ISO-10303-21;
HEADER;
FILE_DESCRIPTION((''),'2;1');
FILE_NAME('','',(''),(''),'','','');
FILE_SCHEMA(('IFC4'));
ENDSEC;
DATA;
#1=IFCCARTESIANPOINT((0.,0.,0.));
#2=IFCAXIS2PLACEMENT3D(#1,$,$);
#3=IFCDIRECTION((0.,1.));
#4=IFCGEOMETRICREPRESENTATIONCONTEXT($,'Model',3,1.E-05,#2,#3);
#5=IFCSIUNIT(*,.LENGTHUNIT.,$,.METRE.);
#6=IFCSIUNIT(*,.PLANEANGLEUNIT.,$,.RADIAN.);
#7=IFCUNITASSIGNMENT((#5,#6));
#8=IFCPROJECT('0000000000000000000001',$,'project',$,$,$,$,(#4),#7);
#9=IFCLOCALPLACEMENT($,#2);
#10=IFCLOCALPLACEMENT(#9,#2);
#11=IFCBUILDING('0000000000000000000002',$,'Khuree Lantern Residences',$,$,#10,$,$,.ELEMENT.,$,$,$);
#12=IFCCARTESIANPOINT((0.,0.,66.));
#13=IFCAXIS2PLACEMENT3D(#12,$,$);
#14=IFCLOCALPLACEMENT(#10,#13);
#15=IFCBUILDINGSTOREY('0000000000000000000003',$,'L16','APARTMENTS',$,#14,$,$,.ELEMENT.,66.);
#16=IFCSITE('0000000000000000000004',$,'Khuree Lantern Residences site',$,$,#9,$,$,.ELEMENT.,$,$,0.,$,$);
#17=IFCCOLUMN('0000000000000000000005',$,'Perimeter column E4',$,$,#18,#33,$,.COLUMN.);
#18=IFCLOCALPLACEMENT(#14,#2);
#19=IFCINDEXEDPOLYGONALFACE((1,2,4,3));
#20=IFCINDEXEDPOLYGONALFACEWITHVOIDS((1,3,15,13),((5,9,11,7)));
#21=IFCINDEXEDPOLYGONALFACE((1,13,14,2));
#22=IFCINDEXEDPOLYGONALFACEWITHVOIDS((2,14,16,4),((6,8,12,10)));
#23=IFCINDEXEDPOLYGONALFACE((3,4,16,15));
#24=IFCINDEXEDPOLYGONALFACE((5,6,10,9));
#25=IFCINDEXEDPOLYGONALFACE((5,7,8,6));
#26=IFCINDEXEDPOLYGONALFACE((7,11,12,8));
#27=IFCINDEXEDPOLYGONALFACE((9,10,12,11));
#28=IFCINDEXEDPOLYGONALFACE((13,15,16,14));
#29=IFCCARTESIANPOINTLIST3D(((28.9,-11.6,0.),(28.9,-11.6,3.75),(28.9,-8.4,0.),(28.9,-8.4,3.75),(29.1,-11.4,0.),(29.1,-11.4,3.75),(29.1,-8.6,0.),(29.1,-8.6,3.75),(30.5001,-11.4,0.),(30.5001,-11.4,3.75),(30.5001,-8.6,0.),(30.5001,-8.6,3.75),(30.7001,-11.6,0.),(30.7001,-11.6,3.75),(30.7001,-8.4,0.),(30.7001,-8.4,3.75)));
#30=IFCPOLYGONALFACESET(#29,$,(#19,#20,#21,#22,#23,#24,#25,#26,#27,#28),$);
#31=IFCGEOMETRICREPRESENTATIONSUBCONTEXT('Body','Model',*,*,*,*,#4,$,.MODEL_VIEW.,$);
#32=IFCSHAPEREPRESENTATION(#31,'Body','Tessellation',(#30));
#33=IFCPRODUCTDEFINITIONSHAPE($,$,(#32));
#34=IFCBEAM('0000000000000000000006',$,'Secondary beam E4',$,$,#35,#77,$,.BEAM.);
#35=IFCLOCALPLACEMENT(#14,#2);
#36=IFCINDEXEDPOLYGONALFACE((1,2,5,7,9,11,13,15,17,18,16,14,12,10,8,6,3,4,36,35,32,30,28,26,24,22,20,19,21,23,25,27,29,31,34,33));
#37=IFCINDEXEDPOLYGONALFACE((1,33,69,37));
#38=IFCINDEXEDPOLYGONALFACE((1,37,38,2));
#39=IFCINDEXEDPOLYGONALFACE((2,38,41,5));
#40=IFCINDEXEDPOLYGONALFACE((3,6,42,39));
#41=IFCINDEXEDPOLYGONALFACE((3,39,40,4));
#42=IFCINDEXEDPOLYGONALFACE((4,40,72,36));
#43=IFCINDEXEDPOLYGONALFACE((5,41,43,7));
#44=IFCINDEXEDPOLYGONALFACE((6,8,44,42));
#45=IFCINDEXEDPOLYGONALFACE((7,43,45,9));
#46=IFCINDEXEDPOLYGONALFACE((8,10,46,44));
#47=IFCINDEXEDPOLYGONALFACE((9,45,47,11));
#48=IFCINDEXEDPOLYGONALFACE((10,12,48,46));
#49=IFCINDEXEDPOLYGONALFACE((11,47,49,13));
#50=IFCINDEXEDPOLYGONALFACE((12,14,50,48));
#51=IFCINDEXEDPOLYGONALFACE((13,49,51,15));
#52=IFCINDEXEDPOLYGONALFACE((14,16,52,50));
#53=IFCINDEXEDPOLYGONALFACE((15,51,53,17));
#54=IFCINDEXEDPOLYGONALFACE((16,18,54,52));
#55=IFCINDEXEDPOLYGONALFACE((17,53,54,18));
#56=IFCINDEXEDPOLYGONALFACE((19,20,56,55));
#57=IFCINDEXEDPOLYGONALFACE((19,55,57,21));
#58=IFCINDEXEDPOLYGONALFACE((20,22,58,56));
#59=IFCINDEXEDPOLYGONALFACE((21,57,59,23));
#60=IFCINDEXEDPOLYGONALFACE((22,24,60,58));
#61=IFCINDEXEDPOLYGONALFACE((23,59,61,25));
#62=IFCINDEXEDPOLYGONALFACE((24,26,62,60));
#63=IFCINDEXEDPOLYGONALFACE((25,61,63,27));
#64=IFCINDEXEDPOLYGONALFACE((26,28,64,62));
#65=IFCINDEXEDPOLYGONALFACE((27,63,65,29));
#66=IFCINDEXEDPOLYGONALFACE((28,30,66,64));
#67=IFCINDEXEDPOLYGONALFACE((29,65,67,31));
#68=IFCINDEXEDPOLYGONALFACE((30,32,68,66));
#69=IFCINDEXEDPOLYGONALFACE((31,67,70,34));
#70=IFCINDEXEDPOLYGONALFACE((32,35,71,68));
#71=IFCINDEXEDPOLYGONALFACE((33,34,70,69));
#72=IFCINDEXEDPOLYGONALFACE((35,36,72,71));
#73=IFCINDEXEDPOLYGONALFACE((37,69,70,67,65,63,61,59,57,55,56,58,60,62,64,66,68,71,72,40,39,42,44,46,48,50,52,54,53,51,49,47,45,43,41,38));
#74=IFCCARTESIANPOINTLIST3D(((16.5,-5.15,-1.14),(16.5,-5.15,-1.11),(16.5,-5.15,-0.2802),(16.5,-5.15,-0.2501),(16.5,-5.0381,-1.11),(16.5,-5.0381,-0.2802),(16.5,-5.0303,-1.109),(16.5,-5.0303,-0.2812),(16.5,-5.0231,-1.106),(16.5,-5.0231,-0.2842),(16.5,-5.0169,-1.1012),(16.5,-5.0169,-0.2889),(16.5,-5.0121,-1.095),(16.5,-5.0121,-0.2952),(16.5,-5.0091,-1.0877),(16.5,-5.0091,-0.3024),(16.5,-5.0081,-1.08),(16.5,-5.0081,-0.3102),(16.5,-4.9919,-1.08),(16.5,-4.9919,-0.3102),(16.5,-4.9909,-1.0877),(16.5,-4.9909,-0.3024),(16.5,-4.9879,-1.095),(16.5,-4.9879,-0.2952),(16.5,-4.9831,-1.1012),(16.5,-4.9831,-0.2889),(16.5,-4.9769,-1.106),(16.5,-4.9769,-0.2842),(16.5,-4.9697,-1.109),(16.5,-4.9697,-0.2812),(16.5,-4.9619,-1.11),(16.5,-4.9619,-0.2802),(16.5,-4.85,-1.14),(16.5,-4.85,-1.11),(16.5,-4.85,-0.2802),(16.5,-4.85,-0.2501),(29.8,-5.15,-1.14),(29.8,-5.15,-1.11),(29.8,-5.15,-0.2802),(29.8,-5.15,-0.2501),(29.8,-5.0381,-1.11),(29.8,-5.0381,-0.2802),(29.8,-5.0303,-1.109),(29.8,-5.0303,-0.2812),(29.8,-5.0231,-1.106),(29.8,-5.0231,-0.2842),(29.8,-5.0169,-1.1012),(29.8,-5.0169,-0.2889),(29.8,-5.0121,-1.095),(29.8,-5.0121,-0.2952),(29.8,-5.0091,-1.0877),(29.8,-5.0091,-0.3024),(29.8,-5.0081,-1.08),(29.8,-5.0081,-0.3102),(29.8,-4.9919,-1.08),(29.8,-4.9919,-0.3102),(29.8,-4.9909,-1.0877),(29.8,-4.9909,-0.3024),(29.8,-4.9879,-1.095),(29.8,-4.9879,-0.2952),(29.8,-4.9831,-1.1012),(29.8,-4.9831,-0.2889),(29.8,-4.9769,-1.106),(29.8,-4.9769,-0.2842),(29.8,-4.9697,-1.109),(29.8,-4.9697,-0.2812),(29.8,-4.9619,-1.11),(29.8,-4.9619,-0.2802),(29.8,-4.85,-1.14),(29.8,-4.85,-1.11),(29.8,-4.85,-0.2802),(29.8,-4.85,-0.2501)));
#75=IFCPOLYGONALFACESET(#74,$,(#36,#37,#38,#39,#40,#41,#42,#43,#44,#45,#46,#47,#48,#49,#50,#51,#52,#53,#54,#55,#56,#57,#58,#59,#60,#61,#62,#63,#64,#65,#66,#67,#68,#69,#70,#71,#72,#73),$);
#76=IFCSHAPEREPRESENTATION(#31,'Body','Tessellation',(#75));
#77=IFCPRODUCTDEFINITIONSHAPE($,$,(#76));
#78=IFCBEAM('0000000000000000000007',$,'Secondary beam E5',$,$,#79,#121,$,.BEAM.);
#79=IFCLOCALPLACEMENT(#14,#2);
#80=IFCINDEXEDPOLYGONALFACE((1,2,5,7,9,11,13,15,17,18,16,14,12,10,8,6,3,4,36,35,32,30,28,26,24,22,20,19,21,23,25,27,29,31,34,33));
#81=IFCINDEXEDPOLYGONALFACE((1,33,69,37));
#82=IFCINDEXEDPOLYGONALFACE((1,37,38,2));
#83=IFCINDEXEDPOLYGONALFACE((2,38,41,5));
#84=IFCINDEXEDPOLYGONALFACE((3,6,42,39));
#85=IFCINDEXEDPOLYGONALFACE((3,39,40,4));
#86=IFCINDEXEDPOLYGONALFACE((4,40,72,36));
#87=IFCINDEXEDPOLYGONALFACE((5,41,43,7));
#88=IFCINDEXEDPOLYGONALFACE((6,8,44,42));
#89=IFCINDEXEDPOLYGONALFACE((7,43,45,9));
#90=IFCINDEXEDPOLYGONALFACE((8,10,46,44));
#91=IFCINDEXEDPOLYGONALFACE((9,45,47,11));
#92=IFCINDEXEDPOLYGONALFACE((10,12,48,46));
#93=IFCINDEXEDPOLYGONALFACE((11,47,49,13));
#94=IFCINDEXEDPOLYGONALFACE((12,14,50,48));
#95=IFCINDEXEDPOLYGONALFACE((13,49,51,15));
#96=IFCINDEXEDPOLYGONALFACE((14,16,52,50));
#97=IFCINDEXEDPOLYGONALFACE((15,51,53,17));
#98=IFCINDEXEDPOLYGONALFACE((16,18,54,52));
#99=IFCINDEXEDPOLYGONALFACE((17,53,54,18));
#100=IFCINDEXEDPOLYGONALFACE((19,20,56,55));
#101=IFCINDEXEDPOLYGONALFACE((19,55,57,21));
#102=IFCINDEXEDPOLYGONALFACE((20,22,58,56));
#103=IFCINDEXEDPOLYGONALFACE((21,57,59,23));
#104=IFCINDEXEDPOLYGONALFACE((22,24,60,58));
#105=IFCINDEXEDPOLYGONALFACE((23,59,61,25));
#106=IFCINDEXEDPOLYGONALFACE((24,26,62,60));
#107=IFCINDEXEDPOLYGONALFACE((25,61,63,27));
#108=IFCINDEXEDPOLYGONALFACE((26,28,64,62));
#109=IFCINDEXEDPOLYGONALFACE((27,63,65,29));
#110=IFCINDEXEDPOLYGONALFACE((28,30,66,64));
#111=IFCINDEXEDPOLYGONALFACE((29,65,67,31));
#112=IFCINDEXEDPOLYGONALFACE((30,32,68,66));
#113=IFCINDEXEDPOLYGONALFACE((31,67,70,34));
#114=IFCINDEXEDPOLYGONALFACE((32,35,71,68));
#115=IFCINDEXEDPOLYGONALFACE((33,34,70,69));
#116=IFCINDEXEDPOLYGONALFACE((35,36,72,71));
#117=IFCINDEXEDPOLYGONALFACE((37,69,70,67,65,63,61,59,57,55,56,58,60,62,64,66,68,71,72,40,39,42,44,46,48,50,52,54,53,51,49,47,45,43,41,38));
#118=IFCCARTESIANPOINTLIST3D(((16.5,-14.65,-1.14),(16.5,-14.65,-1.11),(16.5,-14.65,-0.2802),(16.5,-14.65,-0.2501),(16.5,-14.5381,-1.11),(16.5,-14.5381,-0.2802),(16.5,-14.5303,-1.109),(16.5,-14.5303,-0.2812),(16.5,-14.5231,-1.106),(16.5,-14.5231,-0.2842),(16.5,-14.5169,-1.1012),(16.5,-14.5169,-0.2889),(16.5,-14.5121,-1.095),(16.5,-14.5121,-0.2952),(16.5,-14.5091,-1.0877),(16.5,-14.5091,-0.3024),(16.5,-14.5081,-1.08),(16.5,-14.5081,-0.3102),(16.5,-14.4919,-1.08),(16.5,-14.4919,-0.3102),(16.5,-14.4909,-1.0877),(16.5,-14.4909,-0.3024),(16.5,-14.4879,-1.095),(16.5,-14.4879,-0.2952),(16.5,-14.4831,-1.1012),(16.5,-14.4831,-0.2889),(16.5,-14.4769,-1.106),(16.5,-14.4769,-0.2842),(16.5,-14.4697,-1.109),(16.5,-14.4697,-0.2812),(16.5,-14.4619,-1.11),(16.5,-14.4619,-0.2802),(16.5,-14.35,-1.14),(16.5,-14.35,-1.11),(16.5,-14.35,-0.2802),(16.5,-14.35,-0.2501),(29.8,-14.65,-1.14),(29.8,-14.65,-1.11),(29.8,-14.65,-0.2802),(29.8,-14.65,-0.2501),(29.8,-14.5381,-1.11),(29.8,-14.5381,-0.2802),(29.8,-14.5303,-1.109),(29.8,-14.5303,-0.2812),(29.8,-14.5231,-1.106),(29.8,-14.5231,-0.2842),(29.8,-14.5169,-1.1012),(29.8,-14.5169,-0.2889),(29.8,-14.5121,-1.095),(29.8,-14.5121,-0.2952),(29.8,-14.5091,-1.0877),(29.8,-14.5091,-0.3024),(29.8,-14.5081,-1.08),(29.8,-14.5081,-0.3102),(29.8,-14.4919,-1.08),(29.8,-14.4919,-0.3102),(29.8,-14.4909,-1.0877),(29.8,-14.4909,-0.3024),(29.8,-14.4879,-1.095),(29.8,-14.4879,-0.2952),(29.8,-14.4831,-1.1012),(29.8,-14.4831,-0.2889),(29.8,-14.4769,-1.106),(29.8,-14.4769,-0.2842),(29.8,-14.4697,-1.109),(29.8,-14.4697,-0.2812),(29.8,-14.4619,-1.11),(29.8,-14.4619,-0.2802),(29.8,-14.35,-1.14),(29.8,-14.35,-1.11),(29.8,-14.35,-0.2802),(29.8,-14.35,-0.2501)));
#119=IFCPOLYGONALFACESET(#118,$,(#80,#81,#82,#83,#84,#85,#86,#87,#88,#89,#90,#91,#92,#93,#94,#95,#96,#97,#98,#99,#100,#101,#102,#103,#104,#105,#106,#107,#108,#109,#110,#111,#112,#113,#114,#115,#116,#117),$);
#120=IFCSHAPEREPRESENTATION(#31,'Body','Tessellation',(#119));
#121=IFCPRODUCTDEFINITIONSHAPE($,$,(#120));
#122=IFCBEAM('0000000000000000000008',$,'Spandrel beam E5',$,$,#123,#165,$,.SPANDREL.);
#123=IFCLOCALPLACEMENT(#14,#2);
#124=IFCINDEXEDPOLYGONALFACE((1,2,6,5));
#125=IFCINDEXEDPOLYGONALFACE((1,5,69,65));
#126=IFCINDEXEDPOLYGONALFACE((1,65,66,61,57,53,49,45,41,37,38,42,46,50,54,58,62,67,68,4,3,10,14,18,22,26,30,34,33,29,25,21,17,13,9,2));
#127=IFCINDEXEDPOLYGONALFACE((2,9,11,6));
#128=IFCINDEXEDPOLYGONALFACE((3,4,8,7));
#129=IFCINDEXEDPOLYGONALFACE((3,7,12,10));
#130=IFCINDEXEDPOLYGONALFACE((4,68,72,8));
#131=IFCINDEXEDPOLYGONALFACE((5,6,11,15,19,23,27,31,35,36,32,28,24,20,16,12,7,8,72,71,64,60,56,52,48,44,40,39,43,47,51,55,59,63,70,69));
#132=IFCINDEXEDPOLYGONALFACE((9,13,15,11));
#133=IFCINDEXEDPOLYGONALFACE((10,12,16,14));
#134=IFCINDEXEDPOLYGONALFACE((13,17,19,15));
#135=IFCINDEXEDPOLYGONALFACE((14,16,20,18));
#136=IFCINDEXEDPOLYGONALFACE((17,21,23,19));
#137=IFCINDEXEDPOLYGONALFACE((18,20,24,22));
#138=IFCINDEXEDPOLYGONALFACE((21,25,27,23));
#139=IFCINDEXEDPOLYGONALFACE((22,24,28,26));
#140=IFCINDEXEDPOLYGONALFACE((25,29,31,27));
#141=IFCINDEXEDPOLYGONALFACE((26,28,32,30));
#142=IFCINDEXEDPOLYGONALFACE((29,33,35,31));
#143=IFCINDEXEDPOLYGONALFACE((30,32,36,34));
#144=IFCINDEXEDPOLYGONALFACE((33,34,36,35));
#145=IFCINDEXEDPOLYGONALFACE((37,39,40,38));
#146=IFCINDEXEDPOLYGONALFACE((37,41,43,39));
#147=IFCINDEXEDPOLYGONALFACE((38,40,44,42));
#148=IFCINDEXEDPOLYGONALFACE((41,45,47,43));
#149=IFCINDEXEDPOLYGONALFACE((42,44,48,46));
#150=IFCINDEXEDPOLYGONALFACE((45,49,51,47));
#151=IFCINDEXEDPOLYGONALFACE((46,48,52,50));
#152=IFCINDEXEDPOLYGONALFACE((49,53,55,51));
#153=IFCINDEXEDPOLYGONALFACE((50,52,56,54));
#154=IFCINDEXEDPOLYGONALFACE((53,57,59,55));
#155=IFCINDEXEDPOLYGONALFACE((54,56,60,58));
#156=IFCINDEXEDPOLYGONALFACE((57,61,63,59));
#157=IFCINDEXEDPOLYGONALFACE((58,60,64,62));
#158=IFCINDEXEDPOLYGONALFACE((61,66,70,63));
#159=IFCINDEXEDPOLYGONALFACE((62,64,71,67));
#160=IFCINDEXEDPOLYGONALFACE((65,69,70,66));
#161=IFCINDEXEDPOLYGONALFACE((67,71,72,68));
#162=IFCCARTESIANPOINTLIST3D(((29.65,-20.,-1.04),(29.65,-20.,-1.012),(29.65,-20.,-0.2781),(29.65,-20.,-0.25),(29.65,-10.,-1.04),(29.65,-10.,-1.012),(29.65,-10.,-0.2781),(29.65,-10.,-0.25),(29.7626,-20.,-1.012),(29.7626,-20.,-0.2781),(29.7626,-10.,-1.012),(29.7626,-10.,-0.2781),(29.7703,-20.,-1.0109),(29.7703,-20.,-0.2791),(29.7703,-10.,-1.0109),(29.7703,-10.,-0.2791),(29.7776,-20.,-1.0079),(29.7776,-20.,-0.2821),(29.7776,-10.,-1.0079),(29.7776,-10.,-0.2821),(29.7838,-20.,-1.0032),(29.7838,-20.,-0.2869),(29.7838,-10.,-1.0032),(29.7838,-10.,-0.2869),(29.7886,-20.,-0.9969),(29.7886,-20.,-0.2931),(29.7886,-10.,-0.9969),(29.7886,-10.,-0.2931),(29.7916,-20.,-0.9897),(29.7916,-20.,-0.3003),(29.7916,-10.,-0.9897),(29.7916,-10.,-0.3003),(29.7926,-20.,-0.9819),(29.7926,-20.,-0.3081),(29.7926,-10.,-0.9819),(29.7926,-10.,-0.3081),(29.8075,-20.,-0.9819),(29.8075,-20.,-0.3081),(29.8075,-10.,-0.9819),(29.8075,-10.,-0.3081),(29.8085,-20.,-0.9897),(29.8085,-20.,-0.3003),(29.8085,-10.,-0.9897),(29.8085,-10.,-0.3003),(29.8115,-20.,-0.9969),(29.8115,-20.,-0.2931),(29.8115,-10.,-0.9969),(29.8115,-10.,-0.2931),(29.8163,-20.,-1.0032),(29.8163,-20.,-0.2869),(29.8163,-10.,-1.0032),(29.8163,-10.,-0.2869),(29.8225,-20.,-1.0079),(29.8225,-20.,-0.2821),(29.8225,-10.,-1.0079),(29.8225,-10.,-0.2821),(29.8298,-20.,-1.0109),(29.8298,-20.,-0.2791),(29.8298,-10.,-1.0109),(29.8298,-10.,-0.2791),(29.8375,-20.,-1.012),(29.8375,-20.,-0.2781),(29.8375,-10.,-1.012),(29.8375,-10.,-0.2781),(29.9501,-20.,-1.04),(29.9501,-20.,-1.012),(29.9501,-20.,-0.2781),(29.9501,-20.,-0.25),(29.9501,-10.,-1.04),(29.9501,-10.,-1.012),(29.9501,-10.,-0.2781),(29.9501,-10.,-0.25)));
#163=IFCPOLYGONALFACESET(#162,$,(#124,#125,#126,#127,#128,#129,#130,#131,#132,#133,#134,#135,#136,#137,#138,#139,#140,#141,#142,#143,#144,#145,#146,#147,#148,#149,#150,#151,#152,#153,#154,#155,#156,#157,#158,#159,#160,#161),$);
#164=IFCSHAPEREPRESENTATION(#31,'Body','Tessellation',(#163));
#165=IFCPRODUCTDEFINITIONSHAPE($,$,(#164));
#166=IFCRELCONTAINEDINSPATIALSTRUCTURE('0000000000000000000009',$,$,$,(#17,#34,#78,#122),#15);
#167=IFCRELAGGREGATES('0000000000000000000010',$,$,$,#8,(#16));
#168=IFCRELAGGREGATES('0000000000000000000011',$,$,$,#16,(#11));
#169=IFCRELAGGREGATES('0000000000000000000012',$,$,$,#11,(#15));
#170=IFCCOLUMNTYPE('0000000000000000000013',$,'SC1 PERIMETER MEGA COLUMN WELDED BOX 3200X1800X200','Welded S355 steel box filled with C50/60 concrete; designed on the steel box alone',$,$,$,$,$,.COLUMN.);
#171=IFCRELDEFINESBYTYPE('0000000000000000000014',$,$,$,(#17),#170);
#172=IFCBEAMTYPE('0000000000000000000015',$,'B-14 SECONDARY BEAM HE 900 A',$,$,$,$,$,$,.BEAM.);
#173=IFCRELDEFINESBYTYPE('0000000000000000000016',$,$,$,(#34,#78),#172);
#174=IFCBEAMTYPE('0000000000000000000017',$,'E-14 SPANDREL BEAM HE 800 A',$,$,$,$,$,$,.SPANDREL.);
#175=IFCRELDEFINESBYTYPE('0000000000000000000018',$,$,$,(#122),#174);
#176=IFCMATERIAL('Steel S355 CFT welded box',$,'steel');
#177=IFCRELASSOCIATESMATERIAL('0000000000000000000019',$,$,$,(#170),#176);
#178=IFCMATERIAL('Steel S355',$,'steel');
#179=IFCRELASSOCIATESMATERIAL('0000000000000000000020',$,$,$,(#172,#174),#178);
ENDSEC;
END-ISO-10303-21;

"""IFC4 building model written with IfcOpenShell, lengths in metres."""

from ifc_helpers import new_model, si_unit, direction, frame, origin, origin_2d, place, context, subcontext, project, spatial, hollow_rectangle, i_section, extrude, material, material_profile, profile_set, type_object, element, save


model = new_model("IFC4")

# Units and contexts
model_context = context("Model", 3, precision=1e-05, world=origin(), true_north=direction((0.0, 1.0)))
body_context = subcontext(model_context, "Body", "Model", "MODEL_VIEW")
ifc_project = project(units=[si_unit("LENGTHUNIT", "METRE"), si_unit("PLANEANGLEUNIT", "RADIAN")], contexts=[model_context])

# Site, building, storey
site_placement = place(None, origin())
site = spatial("IfcSite", under=ifc_project, at=site_placement, Name="Khuree Lantern Residences site", CompositionType="ELEMENT", RefElevation=0.0)
building_placement = place(site_placement, origin())
building = spatial("IfcBuilding", under=site, at=building_placement, Name="Khuree Lantern Residences", CompositionType="ELEMENT")
storey_placement = place(building_placement, frame((0.0, 0.0, 66.0)))
storey = spatial("IfcBuildingStorey", under=building, at=storey_placement, Name="L16", Description="APARTMENTS", CompositionType="ELEMENT", Elevation=66.0)

# Column
ifc_material_1 = material(Name="Steel S355 CFT welded box", Category="steel")
ifc_material_profile_1 = material_profile(ifc_material_1, hollow_rectangle(XDim=3.2, YDim=1.8, WallThickness=0.2, at=origin_2d()), Name="WELDED BOX 3200X1800X200")
ifc_profile_set_1 = profile_set([ifc_material_profile_1], Name="Steel S355 CFT welded box")
column_type = type_object("IfcColumnType", Name="SC1 PERIMETER MEGA COLUMN WELDED BOX 3200X1800X200", Description="Welded S355 steel box filled with C50/60 concrete; designed on the steel box alone", PredefinedType="COLUMN", material=ifc_profile_set_1)
column_placement = place(storey_placement, frame((29.8, -10.0, 0.0), z_axis=(0.0, 0.0, 1.0), x_axis=(0.0, 1.0, 0.0)))
element("IfcColumn", 1, at=column_placement, inside=storey, type_object=column_type, Name="Perimeter column E4", PredefinedType="COLUMN", context=body_context, shape_type="SweptSolid", body=[
    extrude(hollow_rectangle(XDim=3.2, YDim=1.8, WallThickness=0.2, at=origin_2d()), origin(), (0.0, 0.0, 1.0), 3.75),
])

# Beams
ifc_material_2 = material(Name="Steel S355", Category="steel")
ifc_material_profile_2 = material_profile(ifc_material_2, i_section(OverallWidth=0.3, OverallDepth=0.8899, WebThickness=0.0161, FlangeThickness=0.03, FilletRadius=0.03, at=origin_2d()), Name="HE 900 A")
ifc_profile_set_2 = profile_set([ifc_material_profile_2], Name="Steel S355")
beam_type_1 = type_object("IfcBeamType", Name="B-14 SECONDARY BEAM HE 900 A", PredefinedType="BEAM", material=ifc_profile_set_2)
for number, where, z_axis, x_axis, name in (
    (2, (29.8, -5.0, -0.6951), (-1.0, 0.0, 0.0), (0.0, -1.0, 0.0), "Secondary beam E4"),
    (3, (29.8, -14.5, -0.6951), (-1.0, 0.0, 0.0), (0.0, -1.0, 0.0), "Secondary beam E5"),
):
    element("IfcBeam", number, at=place(storey_placement, frame(where, z_axis=z_axis, x_axis=x_axis)), inside=storey, type_object=beam_type_1, Name=name, PredefinedType="BEAM", context=body_context, shape_type="SweptSolid", body=[
        extrude(i_section(OverallWidth=0.3, OverallDepth=0.8899, WebThickness=0.0161, FlangeThickness=0.03, FilletRadius=0.03, at=origin_2d()), origin(), (0.0, 0.0, 1.0), 13.3),
    ])
ifc_material_profile_3 = material_profile(ifc_material_2, i_section(OverallWidth=0.3, OverallDepth=0.79, WebThickness=0.0149, FlangeThickness=0.0281, FilletRadius=0.03, at=origin_2d()), Name="HE 800 A")
ifc_profile_set_3 = profile_set([ifc_material_profile_3], Name="Steel S355")
beam_type_2 = type_object("IfcBeamType", Name="E-14 SPANDREL BEAM HE 800 A", PredefinedType="SPANDREL", material=ifc_profile_set_3)
beam_1_placement = place(storey_placement, frame((29.8, -10.0, -0.645), z_axis=(0.0, -1.0, 0.0), x_axis=(1.0, 0.0, 0.0)))
element("IfcBeam", 4, at=beam_1_placement, inside=storey, type_object=beam_type_2, Name="Spandrel beam E5", PredefinedType="SPANDREL", context=body_context, shape_type="SweptSolid", body=[
    extrude(i_section(OverallWidth=0.3, OverallDepth=0.79, WebThickness=0.0149, FlangeThickness=0.0281, FilletRadius=0.03, at=origin_2d()), origin(), (0.0, 0.0, 1.0), 10.0),
])

save(model, "model.ifc")
